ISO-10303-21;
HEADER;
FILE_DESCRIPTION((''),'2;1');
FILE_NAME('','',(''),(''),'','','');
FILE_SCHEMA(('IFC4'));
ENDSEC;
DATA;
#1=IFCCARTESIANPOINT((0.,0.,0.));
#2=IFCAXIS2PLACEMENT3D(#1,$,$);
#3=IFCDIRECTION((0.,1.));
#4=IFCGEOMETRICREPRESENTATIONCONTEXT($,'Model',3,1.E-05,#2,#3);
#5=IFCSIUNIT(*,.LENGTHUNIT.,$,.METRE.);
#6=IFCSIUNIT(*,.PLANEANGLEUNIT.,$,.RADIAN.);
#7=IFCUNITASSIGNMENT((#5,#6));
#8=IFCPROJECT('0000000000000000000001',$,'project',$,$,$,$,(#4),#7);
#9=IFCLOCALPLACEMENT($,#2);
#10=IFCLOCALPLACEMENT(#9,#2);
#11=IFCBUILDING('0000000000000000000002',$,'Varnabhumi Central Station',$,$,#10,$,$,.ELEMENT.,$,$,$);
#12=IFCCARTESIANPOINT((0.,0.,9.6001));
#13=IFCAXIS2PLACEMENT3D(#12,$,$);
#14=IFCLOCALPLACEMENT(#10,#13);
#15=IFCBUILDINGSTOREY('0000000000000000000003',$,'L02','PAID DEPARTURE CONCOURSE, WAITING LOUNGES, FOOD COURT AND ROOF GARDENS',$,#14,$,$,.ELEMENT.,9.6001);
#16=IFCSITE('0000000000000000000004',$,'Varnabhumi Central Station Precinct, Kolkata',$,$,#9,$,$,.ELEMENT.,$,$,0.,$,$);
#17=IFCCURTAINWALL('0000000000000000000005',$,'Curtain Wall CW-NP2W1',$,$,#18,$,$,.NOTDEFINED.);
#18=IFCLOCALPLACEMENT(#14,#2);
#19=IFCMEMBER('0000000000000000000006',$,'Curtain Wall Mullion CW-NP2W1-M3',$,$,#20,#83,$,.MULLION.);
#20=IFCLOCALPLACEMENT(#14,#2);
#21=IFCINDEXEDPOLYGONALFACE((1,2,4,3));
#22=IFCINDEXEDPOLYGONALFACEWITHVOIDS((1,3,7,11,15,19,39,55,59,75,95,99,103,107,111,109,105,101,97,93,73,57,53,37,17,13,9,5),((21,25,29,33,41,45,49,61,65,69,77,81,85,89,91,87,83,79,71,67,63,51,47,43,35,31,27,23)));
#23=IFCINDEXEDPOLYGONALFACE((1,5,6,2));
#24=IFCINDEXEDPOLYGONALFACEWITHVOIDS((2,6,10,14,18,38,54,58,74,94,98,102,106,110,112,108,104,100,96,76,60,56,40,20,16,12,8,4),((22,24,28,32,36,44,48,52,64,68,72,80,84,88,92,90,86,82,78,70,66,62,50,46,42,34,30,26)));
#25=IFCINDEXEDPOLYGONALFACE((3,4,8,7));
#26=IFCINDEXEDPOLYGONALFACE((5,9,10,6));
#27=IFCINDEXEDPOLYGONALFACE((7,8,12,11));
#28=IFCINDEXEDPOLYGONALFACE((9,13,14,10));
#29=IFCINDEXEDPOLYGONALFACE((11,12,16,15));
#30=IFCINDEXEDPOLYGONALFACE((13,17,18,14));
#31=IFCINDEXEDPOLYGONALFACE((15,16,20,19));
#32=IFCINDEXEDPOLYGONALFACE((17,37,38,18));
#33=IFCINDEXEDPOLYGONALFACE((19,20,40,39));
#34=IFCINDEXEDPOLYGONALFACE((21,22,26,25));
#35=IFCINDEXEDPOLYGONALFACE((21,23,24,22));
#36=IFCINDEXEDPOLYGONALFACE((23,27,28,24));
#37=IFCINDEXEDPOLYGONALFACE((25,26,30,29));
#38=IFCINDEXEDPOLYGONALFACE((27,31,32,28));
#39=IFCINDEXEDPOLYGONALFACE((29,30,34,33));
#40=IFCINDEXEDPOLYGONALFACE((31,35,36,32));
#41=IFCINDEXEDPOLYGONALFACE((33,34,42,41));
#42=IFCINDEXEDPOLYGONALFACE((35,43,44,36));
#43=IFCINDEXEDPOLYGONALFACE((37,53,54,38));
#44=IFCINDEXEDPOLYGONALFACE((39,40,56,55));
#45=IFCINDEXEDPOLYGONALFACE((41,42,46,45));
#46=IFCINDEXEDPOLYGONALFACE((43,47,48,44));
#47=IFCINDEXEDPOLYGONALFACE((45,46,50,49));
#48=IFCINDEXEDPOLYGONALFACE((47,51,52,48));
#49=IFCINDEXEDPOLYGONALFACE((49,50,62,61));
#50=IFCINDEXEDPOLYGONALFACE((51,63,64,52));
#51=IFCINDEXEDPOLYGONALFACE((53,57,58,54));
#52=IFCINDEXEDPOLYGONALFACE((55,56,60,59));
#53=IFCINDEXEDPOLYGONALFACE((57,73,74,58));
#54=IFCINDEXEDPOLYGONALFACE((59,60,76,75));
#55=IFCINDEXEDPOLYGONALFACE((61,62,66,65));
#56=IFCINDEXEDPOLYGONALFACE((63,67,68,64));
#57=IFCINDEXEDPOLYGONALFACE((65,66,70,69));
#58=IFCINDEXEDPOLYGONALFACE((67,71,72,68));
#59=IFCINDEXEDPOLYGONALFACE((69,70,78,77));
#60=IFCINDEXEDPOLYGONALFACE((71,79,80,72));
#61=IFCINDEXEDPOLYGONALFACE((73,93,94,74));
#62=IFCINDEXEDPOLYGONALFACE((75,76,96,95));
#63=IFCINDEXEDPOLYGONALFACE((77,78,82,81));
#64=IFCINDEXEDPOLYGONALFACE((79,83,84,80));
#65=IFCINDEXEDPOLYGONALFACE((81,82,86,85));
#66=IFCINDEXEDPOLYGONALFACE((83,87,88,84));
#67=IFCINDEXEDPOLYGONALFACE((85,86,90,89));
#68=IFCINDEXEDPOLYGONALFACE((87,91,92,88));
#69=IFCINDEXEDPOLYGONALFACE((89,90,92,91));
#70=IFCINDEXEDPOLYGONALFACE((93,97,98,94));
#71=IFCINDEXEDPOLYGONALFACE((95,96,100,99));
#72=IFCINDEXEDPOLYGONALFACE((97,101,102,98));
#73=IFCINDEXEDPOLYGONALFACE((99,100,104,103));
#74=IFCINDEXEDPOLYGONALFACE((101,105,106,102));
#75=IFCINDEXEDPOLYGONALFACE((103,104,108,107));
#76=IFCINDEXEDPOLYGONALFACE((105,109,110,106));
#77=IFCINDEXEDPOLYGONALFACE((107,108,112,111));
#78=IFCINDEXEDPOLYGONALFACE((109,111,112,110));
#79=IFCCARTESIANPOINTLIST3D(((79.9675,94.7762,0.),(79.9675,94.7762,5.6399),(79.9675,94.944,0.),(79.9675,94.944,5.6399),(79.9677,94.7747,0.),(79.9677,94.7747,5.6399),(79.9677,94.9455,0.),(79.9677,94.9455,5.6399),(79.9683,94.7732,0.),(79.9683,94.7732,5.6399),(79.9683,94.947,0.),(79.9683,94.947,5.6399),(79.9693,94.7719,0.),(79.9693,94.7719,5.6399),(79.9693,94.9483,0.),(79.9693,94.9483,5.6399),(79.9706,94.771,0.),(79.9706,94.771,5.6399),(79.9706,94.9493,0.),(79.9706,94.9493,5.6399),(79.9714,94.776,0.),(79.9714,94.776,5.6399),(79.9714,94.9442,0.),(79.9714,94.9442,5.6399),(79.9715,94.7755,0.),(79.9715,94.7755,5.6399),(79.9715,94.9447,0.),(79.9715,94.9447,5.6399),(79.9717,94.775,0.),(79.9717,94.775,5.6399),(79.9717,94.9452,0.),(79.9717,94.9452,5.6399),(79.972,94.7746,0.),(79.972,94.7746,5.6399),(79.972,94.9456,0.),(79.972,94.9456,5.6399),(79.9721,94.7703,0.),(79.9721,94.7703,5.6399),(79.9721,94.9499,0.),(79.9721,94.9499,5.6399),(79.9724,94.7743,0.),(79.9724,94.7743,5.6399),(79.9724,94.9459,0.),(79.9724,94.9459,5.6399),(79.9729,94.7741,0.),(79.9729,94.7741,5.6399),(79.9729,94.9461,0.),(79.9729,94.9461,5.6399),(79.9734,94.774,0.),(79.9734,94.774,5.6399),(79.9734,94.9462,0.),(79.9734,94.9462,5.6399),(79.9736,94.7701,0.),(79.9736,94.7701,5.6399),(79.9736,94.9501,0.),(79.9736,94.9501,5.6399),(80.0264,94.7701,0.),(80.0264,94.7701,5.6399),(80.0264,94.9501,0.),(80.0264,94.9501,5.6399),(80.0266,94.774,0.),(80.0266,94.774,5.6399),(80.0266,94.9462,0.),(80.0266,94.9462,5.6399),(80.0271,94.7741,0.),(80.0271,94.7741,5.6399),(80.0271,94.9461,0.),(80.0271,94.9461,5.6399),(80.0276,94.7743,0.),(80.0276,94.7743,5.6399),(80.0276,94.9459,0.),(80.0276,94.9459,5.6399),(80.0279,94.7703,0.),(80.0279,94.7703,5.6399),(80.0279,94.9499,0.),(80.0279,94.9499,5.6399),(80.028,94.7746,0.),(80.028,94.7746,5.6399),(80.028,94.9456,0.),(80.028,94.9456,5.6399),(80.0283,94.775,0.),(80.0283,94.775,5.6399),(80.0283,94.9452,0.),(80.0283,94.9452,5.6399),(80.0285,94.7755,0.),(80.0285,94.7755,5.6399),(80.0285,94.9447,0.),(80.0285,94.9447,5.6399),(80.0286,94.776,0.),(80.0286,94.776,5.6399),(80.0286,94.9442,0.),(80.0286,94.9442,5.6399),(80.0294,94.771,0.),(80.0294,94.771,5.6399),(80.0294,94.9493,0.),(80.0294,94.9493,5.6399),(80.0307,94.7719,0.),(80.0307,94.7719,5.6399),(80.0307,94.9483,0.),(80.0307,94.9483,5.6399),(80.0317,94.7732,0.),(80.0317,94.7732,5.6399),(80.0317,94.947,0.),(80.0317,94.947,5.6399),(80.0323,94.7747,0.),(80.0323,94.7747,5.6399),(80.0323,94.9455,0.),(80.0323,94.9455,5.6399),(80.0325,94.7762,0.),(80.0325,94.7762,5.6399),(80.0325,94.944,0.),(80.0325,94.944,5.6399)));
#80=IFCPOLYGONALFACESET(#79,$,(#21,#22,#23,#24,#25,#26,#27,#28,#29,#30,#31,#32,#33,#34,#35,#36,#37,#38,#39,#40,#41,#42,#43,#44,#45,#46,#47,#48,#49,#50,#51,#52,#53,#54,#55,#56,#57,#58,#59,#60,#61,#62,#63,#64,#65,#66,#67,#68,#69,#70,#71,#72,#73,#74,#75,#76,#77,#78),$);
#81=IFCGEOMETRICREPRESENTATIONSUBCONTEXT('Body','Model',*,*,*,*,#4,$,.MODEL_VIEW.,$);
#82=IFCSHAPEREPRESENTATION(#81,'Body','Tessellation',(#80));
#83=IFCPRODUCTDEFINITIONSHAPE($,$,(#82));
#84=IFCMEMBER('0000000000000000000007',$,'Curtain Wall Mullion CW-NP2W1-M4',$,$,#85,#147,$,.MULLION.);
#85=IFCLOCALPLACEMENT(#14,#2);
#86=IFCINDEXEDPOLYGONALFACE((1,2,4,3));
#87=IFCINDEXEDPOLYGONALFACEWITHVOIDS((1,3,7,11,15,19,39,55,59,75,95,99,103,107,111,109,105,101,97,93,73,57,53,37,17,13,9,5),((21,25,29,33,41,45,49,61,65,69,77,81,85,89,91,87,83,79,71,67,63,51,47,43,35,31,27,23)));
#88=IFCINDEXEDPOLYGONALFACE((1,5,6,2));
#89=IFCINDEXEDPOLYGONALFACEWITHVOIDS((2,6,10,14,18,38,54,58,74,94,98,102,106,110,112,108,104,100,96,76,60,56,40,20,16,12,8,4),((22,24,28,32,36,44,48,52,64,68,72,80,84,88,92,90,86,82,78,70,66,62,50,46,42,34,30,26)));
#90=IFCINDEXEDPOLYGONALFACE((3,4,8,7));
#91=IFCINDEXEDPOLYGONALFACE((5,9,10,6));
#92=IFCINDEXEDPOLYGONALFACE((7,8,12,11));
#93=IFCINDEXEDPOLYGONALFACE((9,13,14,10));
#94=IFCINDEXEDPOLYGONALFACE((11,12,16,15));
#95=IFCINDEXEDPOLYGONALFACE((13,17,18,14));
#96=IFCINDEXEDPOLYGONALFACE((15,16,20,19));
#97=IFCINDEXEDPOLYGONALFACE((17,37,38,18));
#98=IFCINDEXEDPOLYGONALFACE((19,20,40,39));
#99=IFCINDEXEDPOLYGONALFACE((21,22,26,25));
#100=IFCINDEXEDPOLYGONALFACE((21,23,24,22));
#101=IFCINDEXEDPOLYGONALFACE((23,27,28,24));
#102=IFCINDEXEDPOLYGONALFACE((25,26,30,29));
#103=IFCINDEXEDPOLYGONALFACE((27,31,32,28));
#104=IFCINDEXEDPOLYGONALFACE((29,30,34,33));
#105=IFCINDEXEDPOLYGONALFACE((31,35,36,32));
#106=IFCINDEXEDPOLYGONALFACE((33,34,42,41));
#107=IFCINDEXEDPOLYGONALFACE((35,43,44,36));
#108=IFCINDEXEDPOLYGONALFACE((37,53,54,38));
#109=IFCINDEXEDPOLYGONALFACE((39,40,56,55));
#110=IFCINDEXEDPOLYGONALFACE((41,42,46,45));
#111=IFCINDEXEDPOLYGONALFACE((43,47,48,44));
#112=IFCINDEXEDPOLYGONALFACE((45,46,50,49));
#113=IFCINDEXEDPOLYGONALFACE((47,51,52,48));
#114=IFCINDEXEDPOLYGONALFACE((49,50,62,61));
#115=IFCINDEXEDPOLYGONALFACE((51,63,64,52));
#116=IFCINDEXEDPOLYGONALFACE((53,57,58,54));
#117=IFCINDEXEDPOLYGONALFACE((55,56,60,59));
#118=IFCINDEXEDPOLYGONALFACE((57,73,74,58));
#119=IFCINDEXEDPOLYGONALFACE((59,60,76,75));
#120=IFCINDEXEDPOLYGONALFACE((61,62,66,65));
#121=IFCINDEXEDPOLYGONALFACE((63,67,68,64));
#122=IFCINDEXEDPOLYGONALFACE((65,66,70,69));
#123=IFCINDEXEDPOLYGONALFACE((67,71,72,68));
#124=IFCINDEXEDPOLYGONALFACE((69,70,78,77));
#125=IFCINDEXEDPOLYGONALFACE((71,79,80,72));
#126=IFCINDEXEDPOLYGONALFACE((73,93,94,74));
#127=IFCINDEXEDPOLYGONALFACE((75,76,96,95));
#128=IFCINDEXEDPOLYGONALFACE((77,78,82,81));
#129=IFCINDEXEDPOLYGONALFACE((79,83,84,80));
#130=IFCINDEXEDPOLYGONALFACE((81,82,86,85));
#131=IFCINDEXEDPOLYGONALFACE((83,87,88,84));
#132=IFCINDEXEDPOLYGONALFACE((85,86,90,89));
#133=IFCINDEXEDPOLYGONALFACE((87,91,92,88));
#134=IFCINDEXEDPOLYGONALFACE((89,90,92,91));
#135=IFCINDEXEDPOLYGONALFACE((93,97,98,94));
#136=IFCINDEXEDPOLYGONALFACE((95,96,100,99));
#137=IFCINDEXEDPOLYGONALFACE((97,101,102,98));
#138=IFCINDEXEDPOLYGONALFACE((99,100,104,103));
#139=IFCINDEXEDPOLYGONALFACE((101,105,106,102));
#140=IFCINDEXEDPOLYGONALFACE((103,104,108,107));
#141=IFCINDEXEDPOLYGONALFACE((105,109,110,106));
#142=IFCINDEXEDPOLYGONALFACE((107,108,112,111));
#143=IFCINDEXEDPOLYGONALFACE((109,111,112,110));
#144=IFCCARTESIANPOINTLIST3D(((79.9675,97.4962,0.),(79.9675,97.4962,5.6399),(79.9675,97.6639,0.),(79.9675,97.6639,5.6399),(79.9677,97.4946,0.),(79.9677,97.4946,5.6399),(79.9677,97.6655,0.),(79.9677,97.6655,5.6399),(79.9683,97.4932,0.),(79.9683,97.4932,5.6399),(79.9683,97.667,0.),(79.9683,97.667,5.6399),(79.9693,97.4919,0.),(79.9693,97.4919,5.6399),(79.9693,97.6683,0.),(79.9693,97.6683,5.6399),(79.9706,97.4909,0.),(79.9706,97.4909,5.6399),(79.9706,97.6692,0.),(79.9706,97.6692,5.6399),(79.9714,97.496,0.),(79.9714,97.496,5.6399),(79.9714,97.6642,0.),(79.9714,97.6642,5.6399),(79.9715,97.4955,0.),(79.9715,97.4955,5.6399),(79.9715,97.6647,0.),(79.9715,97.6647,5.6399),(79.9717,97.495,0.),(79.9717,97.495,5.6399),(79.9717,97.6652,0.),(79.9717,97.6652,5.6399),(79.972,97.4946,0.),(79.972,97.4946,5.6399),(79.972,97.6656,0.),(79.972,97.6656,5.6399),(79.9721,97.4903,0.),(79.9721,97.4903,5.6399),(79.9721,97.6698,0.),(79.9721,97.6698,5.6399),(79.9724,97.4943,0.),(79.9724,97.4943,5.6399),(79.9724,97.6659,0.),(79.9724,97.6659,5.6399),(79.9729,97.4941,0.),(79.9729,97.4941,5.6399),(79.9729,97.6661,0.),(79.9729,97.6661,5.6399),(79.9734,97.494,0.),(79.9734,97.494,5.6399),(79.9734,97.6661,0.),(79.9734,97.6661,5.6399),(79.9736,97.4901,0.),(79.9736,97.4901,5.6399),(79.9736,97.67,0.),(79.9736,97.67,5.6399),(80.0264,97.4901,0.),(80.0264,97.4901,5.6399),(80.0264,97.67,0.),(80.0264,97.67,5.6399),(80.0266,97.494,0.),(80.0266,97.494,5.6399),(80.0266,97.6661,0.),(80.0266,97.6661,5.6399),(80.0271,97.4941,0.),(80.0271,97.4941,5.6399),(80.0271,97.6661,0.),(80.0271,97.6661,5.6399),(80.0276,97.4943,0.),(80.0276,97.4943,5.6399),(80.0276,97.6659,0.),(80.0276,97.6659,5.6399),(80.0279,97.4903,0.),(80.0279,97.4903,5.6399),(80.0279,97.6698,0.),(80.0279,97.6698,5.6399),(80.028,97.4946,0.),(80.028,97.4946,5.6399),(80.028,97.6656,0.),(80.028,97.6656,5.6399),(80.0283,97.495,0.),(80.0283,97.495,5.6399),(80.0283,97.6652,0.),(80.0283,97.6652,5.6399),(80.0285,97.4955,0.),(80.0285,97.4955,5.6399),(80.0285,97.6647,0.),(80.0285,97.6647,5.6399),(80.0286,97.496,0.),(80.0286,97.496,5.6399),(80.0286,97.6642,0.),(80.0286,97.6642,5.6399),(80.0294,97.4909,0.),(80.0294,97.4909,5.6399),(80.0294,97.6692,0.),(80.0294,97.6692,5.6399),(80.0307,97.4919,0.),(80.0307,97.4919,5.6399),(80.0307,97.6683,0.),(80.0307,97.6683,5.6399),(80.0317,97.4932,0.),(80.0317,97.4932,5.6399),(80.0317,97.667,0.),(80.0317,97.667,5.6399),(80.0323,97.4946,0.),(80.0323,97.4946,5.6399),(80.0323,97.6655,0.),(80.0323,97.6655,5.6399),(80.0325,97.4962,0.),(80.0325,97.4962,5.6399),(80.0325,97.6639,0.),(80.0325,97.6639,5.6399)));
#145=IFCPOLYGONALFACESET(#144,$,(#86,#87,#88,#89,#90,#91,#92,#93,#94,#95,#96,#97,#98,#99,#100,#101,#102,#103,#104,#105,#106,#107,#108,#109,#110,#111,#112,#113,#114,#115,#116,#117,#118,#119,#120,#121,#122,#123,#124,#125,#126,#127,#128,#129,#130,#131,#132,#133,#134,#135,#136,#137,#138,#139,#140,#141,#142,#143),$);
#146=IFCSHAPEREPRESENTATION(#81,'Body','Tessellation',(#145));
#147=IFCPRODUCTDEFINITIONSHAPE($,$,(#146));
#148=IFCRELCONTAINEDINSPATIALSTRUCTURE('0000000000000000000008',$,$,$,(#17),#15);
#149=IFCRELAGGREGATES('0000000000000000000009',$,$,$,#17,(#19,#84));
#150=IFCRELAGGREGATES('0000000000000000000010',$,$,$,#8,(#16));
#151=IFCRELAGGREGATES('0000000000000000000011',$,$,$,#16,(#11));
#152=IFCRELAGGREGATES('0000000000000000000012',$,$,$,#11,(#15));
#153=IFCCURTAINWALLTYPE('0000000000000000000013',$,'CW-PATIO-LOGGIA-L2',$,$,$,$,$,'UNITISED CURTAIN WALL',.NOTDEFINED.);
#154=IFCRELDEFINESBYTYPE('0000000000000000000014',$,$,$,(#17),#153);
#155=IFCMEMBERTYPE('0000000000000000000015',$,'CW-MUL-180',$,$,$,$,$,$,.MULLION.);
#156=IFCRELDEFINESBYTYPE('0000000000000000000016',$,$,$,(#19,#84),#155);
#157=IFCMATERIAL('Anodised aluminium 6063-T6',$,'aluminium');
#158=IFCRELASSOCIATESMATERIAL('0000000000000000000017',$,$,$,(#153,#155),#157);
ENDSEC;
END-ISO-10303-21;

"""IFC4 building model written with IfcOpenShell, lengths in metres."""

from ifc_helpers import new_model, si_unit, direction, frame, origin, origin_2d, place, context, subcontext, project, spatial, hollow_rectangle, extrude, material, material_profile, profile_set, type_object, element, aggregate, save


model = new_model("IFC4")

# Units and contexts
model_context = context("Model", 3, precision=1e-05, world=origin(), true_north=direction((0.0, 1.0)))
body_context = subcontext(model_context, "Body", "Model", "MODEL_VIEW")
ifc_project = project(units=[si_unit("LENGTHUNIT", "METRE"), si_unit("PLANEANGLEUNIT", "RADIAN")], contexts=[model_context])

# Site, building, storey
site_placement = place(None, origin())
site = spatial("IfcSite", under=ifc_project, at=site_placement, Name="Varnabhumi Central Station Precinct, Kolkata", CompositionType="ELEMENT", RefElevation=0.0)
building_placement = place(site_placement, origin())
building = spatial("IfcBuilding", under=site, at=building_placement, Name="Varnabhumi Central Station", CompositionType="ELEMENT")
storey_placement = place(building_placement, frame((0.0, 0.0, 9.6001)))
storey = spatial("IfcBuildingStorey", under=building, at=storey_placement, Name="L02", Description="PAID DEPARTURE CONCOURSE, WAITING LOUNGES, FOOD COURT AND ROOF GARDENS", CompositionType="ELEMENT", Elevation=9.6001)

# Curtain wall, members
ifc_material_1 = material(Name="Anodised aluminium 6063-T6", Category="aluminium")
curtain_wall_type = type_object("IfcCurtainWallType", Name="CW-PATIO-LOGGIA-L2", ElementType="UNITISED CURTAIN WALL", PredefinedType="NOTDEFINED", material=ifc_material_1)
curtain_wall_1_placement = place(storey_placement, origin())
curtain_wall_1 = element("IfcCurtainWall", 1, at=curtain_wall_1_placement, inside=storey, type_object=curtain_wall_type, Name="Curtain Wall CW-NP2W1", PredefinedType="NOTDEFINED")
ifc_material_profile_1 = material_profile(ifc_material_1, hollow_rectangle(XDim=0.0649, YDim=0.1799, WallThickness=0.0039, InnerFilletRadius=0.002, OuterFilletRadius=0.0061, at=origin_2d()), Name="Anodised aluminium 6063-T6", Category="aluminium")
ifc_profile_set_1 = profile_set([ifc_material_profile_1], Name="Anodised aluminium 6063-T6")
member_type_1 = type_object("IfcMemberType", Name="CW-MUL-180", PredefinedType="MULLION", material=ifc_profile_set_1)
member_1_placement = place(storey_placement, frame((80.0, 94.8601, 0.0), z_axis=(0.0, 0.0, 1.0), x_axis=(1.0, 0.0, 0.0)))
member_1 = element("IfcMember", 2, at=member_1_placement, type_object=member_type_1, Name="Curtain Wall Mullion CW-NP2W1-M3", PredefinedType="MULLION", context=body_context, shape_type="SweptSolid", body=[
    extrude(hollow_rectangle(XDim=0.0649, YDim=0.1799, WallThickness=0.0039, InnerFilletRadius=0.002, OuterFilletRadius=0.0061, at=origin_2d()), origin(), (0.0, 0.0, 1.0), 5.6399),
])
member_2_placement = place(storey_placement, frame((80.0, 97.5801, 0.0), z_axis=(0.0, 0.0, 1.0), x_axis=(1.0, 0.0, 0.0)))
member_2 = element("IfcMember", 3, at=member_2_placement, type_object=member_type_1, Name="Curtain Wall Mullion CW-NP2W1-M4", PredefinedType="MULLION", context=body_context, shape_type="SweptSolid", body=[
    extrude(hollow_rectangle(XDim=0.0649, YDim=0.1799, WallThickness=0.0039, InnerFilletRadius=0.002, OuterFilletRadius=0.0061, at=origin_2d()), origin(), (0.0, 0.0, 1.0), 5.6399),
])

aggregate(curtain_wall_1, [member_1, member_2])

save(model, "model.ifc")
